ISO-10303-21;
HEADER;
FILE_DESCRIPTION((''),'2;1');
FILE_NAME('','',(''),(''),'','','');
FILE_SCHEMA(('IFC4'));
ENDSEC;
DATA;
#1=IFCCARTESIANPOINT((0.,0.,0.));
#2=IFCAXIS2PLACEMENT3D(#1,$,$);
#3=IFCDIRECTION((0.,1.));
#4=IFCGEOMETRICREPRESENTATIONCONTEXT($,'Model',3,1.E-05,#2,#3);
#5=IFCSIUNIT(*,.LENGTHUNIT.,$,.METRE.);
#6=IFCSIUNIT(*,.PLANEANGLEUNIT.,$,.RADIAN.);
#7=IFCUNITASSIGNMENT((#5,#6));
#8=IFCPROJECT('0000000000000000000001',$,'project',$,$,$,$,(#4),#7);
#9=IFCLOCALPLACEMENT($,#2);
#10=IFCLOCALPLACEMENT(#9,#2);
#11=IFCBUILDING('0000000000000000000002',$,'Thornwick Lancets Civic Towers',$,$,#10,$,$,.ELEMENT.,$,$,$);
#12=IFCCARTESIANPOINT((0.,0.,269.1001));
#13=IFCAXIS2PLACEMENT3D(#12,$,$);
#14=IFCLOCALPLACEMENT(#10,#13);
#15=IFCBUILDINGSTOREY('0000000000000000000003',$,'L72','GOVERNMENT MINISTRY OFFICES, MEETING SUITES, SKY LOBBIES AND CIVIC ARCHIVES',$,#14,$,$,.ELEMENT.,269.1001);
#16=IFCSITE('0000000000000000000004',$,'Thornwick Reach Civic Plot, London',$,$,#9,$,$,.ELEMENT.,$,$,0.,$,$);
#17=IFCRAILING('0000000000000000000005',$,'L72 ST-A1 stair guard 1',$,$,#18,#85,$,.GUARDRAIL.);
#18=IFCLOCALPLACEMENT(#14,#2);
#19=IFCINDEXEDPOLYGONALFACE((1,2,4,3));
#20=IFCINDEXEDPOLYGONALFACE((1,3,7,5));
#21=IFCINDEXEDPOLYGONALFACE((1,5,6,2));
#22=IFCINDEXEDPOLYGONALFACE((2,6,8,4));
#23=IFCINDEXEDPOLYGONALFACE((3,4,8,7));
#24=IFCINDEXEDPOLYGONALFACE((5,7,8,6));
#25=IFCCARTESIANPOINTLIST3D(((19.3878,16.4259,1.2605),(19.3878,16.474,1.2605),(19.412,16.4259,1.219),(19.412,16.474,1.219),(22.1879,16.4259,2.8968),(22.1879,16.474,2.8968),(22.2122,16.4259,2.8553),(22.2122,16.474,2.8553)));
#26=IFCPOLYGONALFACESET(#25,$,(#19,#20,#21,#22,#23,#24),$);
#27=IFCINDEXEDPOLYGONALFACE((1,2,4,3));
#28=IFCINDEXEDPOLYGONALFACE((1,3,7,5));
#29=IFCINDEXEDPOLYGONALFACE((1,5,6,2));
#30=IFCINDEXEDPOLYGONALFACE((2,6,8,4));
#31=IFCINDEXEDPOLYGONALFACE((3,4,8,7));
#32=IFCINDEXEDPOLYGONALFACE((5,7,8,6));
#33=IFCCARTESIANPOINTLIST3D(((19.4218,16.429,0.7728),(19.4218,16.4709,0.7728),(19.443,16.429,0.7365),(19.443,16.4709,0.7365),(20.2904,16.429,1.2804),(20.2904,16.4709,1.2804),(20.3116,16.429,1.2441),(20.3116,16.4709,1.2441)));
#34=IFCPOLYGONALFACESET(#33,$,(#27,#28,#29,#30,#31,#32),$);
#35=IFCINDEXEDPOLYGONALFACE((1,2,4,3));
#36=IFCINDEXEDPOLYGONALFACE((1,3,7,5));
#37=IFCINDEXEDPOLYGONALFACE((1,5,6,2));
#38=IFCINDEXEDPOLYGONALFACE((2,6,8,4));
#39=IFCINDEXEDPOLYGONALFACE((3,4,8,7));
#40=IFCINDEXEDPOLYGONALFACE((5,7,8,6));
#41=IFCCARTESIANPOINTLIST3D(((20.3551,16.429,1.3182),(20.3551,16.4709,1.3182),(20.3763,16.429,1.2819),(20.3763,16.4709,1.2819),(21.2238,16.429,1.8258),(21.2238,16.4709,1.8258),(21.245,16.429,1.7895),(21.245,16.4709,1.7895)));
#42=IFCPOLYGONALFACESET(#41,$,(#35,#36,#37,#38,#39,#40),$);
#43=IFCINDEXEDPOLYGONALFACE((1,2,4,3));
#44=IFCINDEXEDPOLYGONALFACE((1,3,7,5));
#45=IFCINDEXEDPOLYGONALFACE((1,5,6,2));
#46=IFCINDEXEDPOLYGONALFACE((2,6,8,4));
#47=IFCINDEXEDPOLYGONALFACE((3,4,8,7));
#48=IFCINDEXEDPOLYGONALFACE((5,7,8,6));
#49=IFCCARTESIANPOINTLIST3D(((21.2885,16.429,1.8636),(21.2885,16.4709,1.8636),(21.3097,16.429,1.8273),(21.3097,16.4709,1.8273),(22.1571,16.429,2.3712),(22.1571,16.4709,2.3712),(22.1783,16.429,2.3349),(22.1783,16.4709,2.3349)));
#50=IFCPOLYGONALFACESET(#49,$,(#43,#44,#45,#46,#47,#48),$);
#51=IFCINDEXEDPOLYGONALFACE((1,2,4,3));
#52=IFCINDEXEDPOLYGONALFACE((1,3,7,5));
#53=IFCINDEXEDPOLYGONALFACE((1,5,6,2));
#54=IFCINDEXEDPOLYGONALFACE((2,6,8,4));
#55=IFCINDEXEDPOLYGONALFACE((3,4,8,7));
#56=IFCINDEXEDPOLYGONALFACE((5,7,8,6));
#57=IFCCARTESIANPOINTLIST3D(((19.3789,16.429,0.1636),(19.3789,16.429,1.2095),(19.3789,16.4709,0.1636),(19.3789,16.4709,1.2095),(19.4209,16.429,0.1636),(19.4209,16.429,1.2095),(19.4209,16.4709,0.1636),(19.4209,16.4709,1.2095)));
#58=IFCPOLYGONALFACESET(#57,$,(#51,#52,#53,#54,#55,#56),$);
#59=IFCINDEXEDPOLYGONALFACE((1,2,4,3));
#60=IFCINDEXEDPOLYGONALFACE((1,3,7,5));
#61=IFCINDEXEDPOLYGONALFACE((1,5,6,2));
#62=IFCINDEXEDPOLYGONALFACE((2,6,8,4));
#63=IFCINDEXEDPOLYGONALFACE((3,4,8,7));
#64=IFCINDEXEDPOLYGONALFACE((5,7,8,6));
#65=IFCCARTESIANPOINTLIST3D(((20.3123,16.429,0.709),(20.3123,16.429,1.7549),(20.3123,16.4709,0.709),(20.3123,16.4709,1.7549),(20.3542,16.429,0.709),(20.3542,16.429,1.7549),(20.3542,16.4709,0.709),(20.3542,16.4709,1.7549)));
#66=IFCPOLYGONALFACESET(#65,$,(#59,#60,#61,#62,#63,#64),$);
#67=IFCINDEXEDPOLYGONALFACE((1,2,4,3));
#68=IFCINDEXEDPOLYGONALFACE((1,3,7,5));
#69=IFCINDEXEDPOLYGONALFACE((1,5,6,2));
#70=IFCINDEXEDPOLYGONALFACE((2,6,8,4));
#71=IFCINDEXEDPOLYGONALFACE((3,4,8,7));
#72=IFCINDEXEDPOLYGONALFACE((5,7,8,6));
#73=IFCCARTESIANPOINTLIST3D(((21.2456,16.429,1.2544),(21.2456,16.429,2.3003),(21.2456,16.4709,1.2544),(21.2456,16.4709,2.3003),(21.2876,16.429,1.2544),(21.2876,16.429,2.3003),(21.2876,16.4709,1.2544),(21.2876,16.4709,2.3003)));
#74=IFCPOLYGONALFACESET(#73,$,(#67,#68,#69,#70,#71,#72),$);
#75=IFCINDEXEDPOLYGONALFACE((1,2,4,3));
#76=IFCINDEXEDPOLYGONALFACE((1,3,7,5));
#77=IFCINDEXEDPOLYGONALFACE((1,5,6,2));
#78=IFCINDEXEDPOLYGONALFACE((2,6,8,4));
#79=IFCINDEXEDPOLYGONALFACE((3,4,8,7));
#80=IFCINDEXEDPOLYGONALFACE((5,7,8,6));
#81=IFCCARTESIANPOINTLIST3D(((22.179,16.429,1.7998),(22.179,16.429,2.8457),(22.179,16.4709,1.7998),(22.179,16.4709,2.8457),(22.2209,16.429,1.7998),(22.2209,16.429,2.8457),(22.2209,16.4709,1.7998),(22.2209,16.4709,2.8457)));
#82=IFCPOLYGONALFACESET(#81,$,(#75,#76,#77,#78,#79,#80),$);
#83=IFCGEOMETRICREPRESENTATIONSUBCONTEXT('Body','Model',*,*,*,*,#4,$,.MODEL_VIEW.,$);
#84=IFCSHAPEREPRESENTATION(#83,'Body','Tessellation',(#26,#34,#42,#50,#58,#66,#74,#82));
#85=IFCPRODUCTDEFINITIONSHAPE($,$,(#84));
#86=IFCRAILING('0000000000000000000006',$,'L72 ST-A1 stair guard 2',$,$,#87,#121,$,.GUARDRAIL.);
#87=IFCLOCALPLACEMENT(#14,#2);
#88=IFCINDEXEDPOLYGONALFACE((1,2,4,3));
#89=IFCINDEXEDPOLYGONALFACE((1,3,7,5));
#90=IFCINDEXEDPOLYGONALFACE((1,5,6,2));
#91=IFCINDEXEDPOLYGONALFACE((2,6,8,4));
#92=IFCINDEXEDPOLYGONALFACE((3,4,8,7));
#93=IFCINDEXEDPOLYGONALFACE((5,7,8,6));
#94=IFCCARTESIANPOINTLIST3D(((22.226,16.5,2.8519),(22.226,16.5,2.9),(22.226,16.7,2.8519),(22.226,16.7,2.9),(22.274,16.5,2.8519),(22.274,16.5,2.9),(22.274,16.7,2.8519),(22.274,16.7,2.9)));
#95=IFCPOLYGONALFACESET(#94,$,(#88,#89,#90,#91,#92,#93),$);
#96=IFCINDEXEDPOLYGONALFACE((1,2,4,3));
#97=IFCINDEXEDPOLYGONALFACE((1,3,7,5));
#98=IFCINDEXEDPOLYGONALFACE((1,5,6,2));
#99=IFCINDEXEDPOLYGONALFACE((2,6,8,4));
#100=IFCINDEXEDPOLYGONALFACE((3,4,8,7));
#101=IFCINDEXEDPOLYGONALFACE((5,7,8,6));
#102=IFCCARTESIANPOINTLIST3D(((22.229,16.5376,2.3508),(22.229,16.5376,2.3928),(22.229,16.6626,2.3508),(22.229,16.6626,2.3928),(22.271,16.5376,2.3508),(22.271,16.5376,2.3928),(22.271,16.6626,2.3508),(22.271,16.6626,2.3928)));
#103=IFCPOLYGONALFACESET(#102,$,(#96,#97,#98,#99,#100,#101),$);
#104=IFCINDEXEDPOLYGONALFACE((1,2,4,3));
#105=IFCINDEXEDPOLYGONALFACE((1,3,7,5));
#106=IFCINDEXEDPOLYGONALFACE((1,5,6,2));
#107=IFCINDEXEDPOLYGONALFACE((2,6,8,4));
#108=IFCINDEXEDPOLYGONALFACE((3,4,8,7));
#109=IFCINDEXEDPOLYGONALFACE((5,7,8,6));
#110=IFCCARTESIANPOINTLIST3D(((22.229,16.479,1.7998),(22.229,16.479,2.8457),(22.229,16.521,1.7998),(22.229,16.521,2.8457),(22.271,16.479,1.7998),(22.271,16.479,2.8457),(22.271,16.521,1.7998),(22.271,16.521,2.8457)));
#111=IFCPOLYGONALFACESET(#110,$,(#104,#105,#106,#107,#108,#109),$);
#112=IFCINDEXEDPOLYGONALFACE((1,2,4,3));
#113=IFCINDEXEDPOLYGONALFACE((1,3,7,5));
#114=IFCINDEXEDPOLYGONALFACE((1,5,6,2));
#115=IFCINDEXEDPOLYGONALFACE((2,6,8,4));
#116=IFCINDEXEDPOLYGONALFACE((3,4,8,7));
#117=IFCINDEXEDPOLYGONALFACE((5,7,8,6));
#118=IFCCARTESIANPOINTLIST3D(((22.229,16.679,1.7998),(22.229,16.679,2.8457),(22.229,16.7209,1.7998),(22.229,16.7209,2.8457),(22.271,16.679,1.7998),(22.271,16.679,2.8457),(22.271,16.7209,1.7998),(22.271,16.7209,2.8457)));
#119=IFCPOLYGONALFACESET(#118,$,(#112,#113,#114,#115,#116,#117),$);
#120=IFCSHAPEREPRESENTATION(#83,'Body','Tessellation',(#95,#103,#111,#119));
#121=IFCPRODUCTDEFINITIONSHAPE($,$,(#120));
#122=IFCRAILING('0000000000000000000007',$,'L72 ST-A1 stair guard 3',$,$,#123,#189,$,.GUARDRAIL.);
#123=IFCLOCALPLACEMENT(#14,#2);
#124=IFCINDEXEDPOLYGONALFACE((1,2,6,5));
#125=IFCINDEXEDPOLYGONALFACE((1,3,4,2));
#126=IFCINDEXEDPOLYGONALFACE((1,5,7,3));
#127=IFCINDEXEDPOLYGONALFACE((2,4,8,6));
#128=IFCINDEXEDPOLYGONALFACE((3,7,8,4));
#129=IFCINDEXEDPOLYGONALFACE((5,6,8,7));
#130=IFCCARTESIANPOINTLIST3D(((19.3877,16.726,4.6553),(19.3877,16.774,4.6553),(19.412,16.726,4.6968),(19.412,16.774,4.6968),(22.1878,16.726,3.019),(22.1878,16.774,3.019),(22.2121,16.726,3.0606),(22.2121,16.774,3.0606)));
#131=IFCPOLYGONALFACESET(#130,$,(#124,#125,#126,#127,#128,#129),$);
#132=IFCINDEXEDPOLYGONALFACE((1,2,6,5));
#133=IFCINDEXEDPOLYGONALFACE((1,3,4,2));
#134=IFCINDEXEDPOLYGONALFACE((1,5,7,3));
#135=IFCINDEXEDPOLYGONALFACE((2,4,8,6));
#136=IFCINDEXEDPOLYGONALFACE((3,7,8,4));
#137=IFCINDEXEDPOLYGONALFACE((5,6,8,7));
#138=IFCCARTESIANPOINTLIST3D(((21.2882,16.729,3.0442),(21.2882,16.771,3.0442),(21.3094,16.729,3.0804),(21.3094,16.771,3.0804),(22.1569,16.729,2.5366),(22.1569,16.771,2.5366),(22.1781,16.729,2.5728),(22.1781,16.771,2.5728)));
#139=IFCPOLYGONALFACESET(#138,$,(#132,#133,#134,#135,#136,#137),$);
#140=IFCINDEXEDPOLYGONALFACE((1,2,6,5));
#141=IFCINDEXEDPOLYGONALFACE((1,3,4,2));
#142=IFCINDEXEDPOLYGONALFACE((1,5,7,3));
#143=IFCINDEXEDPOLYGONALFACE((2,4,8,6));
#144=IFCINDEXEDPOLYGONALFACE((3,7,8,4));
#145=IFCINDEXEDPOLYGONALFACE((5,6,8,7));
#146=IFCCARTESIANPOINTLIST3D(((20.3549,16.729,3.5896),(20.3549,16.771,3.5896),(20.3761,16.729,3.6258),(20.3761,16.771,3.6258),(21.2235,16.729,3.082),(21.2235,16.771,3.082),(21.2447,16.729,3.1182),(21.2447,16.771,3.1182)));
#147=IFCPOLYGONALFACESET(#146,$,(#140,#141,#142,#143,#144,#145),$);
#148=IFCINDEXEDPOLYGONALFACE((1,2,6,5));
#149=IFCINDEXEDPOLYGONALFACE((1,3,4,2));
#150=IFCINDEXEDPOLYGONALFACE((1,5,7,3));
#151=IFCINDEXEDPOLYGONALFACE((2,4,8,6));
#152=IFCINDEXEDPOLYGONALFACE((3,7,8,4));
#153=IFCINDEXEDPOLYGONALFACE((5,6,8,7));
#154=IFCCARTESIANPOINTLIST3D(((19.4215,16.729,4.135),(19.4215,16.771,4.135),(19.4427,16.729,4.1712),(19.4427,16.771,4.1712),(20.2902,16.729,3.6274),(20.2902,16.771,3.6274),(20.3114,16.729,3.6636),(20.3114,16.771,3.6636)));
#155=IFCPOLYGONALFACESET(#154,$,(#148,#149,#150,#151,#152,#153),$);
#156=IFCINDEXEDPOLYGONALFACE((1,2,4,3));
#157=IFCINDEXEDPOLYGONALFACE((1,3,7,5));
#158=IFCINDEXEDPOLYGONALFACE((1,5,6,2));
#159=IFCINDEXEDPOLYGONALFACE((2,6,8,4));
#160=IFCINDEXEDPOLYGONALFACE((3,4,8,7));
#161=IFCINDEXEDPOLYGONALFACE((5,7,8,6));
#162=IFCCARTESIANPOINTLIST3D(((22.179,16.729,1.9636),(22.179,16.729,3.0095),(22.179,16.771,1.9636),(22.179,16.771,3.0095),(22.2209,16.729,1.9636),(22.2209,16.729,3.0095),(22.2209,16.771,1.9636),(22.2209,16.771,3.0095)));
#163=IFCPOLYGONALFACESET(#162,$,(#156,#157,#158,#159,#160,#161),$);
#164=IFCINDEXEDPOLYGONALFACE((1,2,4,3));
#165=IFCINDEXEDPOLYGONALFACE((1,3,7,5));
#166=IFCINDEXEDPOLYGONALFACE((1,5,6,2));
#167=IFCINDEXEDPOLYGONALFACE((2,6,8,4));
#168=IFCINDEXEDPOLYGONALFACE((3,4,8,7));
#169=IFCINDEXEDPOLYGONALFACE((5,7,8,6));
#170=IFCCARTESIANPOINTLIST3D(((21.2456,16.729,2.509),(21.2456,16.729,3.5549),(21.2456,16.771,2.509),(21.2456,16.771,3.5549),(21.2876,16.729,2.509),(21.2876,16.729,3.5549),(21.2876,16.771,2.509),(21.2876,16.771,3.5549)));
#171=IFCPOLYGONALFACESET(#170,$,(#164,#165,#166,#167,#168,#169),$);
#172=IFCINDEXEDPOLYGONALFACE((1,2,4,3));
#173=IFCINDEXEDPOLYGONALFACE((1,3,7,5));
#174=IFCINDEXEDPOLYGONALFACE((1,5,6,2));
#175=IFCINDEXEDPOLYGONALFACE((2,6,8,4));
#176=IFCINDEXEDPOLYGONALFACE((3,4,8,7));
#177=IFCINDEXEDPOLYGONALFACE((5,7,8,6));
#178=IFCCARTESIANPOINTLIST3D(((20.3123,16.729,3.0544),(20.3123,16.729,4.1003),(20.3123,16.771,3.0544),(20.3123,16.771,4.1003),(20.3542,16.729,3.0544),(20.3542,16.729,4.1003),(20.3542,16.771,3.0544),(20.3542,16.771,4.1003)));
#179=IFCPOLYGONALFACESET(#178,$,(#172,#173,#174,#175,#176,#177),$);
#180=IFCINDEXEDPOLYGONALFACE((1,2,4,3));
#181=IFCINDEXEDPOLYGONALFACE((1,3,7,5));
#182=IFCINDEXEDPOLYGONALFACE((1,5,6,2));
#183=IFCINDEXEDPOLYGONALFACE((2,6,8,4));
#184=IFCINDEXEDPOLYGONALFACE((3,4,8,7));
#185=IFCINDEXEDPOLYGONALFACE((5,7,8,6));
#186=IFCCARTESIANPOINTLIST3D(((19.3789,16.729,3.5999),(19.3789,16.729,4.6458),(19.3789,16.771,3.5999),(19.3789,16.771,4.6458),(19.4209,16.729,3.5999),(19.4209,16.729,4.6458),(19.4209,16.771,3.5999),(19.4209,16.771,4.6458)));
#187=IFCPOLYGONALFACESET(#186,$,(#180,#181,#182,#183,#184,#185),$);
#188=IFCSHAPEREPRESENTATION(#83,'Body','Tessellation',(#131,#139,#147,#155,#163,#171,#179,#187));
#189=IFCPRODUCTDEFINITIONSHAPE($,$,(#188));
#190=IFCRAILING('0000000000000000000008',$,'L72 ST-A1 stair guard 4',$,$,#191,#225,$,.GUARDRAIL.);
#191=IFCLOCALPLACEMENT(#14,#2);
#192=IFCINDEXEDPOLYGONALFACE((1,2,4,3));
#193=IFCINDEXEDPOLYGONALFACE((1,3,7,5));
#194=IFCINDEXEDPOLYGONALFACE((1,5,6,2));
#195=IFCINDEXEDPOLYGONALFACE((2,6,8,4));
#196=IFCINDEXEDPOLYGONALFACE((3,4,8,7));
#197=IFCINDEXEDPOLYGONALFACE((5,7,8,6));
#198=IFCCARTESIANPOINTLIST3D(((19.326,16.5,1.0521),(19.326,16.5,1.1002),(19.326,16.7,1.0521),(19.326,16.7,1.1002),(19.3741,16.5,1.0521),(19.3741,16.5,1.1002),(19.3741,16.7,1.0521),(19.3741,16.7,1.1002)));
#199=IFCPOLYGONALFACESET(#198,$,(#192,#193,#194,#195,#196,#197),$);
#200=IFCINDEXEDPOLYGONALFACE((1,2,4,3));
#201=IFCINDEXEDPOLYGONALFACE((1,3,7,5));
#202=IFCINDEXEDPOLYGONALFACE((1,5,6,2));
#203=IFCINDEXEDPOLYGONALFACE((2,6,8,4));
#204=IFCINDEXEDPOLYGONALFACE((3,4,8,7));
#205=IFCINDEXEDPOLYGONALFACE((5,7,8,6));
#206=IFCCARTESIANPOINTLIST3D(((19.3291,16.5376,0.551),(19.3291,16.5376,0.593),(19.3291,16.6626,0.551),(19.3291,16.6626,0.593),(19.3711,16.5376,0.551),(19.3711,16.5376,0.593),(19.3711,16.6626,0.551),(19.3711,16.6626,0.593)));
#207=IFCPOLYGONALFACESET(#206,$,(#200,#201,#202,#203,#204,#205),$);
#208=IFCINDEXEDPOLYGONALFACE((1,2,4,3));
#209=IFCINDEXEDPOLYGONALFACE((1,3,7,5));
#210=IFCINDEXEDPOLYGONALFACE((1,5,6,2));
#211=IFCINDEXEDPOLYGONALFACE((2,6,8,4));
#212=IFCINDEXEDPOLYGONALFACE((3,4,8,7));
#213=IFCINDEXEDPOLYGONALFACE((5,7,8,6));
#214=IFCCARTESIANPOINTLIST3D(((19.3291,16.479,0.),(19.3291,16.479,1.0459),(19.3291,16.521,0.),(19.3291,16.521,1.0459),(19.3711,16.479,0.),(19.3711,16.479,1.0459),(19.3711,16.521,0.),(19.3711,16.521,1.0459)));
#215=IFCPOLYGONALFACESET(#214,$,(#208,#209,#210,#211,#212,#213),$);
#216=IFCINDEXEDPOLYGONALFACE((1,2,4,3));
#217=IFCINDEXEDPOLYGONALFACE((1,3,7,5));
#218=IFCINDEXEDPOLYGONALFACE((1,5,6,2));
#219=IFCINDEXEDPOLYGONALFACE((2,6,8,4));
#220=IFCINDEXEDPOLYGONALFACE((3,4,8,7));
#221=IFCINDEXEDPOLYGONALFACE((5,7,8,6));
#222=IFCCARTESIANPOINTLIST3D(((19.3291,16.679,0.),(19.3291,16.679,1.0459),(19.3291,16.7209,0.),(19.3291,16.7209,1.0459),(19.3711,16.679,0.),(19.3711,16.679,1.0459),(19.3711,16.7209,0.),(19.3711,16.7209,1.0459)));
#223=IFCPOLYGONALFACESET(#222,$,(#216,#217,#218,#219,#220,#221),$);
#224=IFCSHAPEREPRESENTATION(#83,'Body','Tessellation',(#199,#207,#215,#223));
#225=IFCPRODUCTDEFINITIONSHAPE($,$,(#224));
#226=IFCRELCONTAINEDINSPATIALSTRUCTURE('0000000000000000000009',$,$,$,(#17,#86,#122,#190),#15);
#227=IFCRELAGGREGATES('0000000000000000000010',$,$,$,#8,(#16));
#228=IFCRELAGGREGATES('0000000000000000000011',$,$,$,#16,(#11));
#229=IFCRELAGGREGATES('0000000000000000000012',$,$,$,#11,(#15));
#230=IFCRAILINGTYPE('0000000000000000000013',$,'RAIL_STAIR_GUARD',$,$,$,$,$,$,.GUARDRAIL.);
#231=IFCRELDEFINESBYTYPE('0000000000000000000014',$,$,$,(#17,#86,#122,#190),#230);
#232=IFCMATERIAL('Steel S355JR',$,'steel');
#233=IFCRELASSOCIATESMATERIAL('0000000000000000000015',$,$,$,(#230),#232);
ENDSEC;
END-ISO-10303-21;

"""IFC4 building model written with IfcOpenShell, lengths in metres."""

from ifc_helpers import new_model, si_unit, direction, frame, origin, origin_2d, place, context, subcontext, project, spatial, rectangle, extrude, material, type_object, element, save


model = new_model("IFC4")

# Units and contexts
model_context = context("Model", 3, precision=1e-05, world=origin(), true_north=direction((0.0, 1.0)))
body_context = subcontext(model_context, "Body", "Model", "MODEL_VIEW")
ifc_project = project(units=[si_unit("LENGTHUNIT", "METRE"), si_unit("PLANEANGLEUNIT", "RADIAN")], contexts=[model_context])

# Site, building, storey
site_placement = place(None, origin())
site = spatial("IfcSite", under=ifc_project, at=site_placement, Name="Thornwick Reach Civic Plot, London", CompositionType="ELEMENT", RefElevation=0.0)
building_placement = place(site_placement, origin())
building = spatial("IfcBuilding", under=site, at=building_placement, Name="Thornwick Lancets Civic Towers", CompositionType="ELEMENT")
storey_placement = place(building_placement, frame((0.0, 0.0, 269.1001)))
storey = spatial("IfcBuildingStorey", under=building, at=storey_placement, Name="L72", Description="GOVERNMENT MINISTRY OFFICES, MEETING SUITES, SKY LOBBIES AND CIVIC ARCHIVES", CompositionType="ELEMENT", Elevation=269.1001)

# Shared definitions
ifc_material_1 = material(Name="Steel S355JR", Category="steel")

# Railings
railing_type_1 = type_object("IfcRailingType", Name="RAIL_STAIR_GUARD", PredefinedType="GUARDRAIL", material=ifc_material_1)
railing_1_placement = place(storey_placement, frame((19.3999, 16.45, 0.1636)))
element("IfcRailing", 1, at=railing_1_placement, inside=storey, type_object=railing_type_1, Name="L72 ST-A1 stair guard 1", PredefinedType="GUARDRAIL", context=body_context, shape_type="SweptSolid", body=[
    extrude(rectangle(XDim=0.0481, YDim=0.0481, at=origin_2d()), frame((0.0, 0.0, 1.0762), z_axis=(0.863394, 0.0, 0.504531), x_axis=(0.0, 1.0, 0.0)), (0.0, 0.0, 1.0), 3.2432),
    extrude(rectangle(XDim=0.042, YDim=0.042, at=origin_2d()), frame((0.0325, 0.0, 0.5911), z_axis=(0.863394, 0.0, 0.504531), x_axis=(0.0, 1.0, 0.0)), (0.0, 0.0, 1.0), 1.0061),
    extrude(rectangle(XDim=0.042, YDim=0.042, at=origin_2d()), frame((0.9658, 0.0, 1.1365), z_axis=(0.863394, 0.0, 0.504531), x_axis=(0.0, 1.0, 0.0)), (0.0, 0.0, 1.0), 1.0061),
    extrude(rectangle(XDim=0.042, YDim=0.042, at=origin_2d()), frame((1.8992, 0.0, 1.6819), z_axis=(0.863394, 0.0, 0.504531), x_axis=(0.0, 1.0, 0.0)), (0.0, 0.0, 1.0), 1.0061),
    extrude(rectangle(XDim=0.042, YDim=0.042, at=origin_2d()), origin(), (0.0, 0.0, 1.0), 1.0459),
    extrude(rectangle(XDim=0.042, YDim=0.042, at=origin_2d()), frame((0.9333, 0.0, 0.5454)), (0.0, 0.0, 1.0), 1.0459),
    extrude(rectangle(XDim=0.042, YDim=0.042, at=origin_2d()), frame((1.8667, 0.0, 1.0908)), (0.0, 0.0, 1.0), 1.0459),
    extrude(rectangle(XDim=0.042, YDim=0.042, at=origin_2d()), frame((2.8, 0.0, 1.6362)), (0.0, 0.0, 1.0), 1.0459),
])
railing_2_placement = place(storey_placement, frame((22.25, 16.5, 1.7998)))
element("IfcRailing", 2, at=railing_2_placement, inside=storey, type_object=railing_type_1, Name="L72 ST-A1 stair guard 2", PredefinedType="GUARDRAIL", context=body_context, shape_type="SweptSolid", body=[
    extrude(rectangle(XDim=0.0481, YDim=0.0481, at=origin_2d()), frame((0.0, 0.0, 1.0762), z_axis=(0.0, 1.0, 0.0), x_axis=(-1.0, 0.0, 0.0)), (0.0, 0.0, 1.0), 0.2),
    extrude(rectangle(XDim=0.042, YDim=0.042, at=origin_2d()), frame((0.0, 0.0376, 0.572), z_axis=(0.0, 1.0, 0.0), x_axis=(-1.0, 0.0, 0.0)), (0.0, 0.0, 1.0), 0.125),
    extrude(rectangle(XDim=0.042, YDim=0.042, at=origin_2d()), origin(), (0.0, 0.0, 1.0), 1.0459),
    extrude(rectangle(XDim=0.042, YDim=0.042, at=origin_2d()), frame((0.0, 0.2, 0.0)), (0.0, 0.0, 1.0), 1.0459),
])
railing_3_placement = place(storey_placement, frame((22.2, 16.75, 1.9636)))
element("IfcRailing", 3, at=railing_3_placement, inside=storey, type_object=railing_type_1, Name="L72 ST-A1 stair guard 3", PredefinedType="GUARDRAIL", context=body_context, shape_type="SweptSolid", body=[
    extrude(rectangle(XDim=0.0481, YDim=0.0481, at=origin_2d()), frame((0.0, 0.0, 1.0762), z_axis=(-0.863394, 0.0, 0.504531), x_axis=(0.0, -1.0, 0.0)), (0.0, 0.0, 1.0), 3.2432),
    extrude(rectangle(XDim=0.042, YDim=0.042, at=origin_2d()), frame((-0.0325, 0.0, 0.5911), z_axis=(-0.863394, 0.0, 0.504531), x_axis=(0.0, -1.0, 0.0)), (0.0, 0.0, 1.0), 1.0061),
    extrude(rectangle(XDim=0.042, YDim=0.042, at=origin_2d()), frame((-0.9658, 0.0, 1.1365), z_axis=(-0.863394, 0.0, 0.504531), x_axis=(0.0, -1.0, 0.0)), (0.0, 0.0, 1.0), 1.0061),
    extrude(rectangle(XDim=0.042, YDim=0.042, at=origin_2d()), frame((-1.8992, 0.0, 1.6819), z_axis=(-0.863394, 0.0, 0.504531), x_axis=(0.0, -1.0, 0.0)), (0.0, 0.0, 1.0), 1.0061),
    extrude(rectangle(XDim=0.042, YDim=0.042, at=origin_2d()), origin(), (0.0, 0.0, 1.0), 1.0459),
    extrude(rectangle(XDim=0.042, YDim=0.042, at=origin_2d()), frame((-0.9333, 0.0, 0.5454)), (0.0, 0.0, 1.0), 1.0459),
    extrude(rectangle(XDim=0.042, YDim=0.042, at=origin_2d()), frame((-1.8667, 0.0, 1.0908)), (0.0, 0.0, 1.0), 1.0459),
    extrude(rectangle(XDim=0.042, YDim=0.042, at=origin_2d()), frame((-2.8, 0.0, 1.6362)), (0.0, 0.0, 1.0), 1.0459),
])
railing_4_placement = place(storey_placement, frame((19.3501, 16.5, 0.0)))
element("IfcRailing", 4, at=railing_4_placement, inside=storey, type_object=railing_type_1, Name="L72 ST-A1 stair guard 4", PredefinedType="GUARDRAIL", context=body_context, shape_type="SweptSolid", body=[
    extrude(rectangle(XDim=0.0481, YDim=0.0481, at=origin_2d()), frame((0.0, 0.0, 1.0762), z_axis=(0.0, 1.0, 0.0), x_axis=(-1.0, 0.0, 0.0)), (0.0, 0.0, 1.0), 0.2),
    extrude(rectangle(XDim=0.042, YDim=0.042, at=origin_2d()), frame((0.0, 0.0376, 0.572), z_axis=(0.0, 1.0, 0.0), x_axis=(-1.0, 0.0, 0.0)), (0.0, 0.0, 1.0), 0.125),
    extrude(rectangle(XDim=0.042, YDim=0.042, at=origin_2d()), origin(), (0.0, 0.0, 1.0), 1.0459),
    extrude(rectangle(XDim=0.042, YDim=0.042, at=origin_2d()), frame((0.0, 0.2, 0.0)), (0.0, 0.0, 1.0), 1.0459),
])

save(model, "model.ifc")
